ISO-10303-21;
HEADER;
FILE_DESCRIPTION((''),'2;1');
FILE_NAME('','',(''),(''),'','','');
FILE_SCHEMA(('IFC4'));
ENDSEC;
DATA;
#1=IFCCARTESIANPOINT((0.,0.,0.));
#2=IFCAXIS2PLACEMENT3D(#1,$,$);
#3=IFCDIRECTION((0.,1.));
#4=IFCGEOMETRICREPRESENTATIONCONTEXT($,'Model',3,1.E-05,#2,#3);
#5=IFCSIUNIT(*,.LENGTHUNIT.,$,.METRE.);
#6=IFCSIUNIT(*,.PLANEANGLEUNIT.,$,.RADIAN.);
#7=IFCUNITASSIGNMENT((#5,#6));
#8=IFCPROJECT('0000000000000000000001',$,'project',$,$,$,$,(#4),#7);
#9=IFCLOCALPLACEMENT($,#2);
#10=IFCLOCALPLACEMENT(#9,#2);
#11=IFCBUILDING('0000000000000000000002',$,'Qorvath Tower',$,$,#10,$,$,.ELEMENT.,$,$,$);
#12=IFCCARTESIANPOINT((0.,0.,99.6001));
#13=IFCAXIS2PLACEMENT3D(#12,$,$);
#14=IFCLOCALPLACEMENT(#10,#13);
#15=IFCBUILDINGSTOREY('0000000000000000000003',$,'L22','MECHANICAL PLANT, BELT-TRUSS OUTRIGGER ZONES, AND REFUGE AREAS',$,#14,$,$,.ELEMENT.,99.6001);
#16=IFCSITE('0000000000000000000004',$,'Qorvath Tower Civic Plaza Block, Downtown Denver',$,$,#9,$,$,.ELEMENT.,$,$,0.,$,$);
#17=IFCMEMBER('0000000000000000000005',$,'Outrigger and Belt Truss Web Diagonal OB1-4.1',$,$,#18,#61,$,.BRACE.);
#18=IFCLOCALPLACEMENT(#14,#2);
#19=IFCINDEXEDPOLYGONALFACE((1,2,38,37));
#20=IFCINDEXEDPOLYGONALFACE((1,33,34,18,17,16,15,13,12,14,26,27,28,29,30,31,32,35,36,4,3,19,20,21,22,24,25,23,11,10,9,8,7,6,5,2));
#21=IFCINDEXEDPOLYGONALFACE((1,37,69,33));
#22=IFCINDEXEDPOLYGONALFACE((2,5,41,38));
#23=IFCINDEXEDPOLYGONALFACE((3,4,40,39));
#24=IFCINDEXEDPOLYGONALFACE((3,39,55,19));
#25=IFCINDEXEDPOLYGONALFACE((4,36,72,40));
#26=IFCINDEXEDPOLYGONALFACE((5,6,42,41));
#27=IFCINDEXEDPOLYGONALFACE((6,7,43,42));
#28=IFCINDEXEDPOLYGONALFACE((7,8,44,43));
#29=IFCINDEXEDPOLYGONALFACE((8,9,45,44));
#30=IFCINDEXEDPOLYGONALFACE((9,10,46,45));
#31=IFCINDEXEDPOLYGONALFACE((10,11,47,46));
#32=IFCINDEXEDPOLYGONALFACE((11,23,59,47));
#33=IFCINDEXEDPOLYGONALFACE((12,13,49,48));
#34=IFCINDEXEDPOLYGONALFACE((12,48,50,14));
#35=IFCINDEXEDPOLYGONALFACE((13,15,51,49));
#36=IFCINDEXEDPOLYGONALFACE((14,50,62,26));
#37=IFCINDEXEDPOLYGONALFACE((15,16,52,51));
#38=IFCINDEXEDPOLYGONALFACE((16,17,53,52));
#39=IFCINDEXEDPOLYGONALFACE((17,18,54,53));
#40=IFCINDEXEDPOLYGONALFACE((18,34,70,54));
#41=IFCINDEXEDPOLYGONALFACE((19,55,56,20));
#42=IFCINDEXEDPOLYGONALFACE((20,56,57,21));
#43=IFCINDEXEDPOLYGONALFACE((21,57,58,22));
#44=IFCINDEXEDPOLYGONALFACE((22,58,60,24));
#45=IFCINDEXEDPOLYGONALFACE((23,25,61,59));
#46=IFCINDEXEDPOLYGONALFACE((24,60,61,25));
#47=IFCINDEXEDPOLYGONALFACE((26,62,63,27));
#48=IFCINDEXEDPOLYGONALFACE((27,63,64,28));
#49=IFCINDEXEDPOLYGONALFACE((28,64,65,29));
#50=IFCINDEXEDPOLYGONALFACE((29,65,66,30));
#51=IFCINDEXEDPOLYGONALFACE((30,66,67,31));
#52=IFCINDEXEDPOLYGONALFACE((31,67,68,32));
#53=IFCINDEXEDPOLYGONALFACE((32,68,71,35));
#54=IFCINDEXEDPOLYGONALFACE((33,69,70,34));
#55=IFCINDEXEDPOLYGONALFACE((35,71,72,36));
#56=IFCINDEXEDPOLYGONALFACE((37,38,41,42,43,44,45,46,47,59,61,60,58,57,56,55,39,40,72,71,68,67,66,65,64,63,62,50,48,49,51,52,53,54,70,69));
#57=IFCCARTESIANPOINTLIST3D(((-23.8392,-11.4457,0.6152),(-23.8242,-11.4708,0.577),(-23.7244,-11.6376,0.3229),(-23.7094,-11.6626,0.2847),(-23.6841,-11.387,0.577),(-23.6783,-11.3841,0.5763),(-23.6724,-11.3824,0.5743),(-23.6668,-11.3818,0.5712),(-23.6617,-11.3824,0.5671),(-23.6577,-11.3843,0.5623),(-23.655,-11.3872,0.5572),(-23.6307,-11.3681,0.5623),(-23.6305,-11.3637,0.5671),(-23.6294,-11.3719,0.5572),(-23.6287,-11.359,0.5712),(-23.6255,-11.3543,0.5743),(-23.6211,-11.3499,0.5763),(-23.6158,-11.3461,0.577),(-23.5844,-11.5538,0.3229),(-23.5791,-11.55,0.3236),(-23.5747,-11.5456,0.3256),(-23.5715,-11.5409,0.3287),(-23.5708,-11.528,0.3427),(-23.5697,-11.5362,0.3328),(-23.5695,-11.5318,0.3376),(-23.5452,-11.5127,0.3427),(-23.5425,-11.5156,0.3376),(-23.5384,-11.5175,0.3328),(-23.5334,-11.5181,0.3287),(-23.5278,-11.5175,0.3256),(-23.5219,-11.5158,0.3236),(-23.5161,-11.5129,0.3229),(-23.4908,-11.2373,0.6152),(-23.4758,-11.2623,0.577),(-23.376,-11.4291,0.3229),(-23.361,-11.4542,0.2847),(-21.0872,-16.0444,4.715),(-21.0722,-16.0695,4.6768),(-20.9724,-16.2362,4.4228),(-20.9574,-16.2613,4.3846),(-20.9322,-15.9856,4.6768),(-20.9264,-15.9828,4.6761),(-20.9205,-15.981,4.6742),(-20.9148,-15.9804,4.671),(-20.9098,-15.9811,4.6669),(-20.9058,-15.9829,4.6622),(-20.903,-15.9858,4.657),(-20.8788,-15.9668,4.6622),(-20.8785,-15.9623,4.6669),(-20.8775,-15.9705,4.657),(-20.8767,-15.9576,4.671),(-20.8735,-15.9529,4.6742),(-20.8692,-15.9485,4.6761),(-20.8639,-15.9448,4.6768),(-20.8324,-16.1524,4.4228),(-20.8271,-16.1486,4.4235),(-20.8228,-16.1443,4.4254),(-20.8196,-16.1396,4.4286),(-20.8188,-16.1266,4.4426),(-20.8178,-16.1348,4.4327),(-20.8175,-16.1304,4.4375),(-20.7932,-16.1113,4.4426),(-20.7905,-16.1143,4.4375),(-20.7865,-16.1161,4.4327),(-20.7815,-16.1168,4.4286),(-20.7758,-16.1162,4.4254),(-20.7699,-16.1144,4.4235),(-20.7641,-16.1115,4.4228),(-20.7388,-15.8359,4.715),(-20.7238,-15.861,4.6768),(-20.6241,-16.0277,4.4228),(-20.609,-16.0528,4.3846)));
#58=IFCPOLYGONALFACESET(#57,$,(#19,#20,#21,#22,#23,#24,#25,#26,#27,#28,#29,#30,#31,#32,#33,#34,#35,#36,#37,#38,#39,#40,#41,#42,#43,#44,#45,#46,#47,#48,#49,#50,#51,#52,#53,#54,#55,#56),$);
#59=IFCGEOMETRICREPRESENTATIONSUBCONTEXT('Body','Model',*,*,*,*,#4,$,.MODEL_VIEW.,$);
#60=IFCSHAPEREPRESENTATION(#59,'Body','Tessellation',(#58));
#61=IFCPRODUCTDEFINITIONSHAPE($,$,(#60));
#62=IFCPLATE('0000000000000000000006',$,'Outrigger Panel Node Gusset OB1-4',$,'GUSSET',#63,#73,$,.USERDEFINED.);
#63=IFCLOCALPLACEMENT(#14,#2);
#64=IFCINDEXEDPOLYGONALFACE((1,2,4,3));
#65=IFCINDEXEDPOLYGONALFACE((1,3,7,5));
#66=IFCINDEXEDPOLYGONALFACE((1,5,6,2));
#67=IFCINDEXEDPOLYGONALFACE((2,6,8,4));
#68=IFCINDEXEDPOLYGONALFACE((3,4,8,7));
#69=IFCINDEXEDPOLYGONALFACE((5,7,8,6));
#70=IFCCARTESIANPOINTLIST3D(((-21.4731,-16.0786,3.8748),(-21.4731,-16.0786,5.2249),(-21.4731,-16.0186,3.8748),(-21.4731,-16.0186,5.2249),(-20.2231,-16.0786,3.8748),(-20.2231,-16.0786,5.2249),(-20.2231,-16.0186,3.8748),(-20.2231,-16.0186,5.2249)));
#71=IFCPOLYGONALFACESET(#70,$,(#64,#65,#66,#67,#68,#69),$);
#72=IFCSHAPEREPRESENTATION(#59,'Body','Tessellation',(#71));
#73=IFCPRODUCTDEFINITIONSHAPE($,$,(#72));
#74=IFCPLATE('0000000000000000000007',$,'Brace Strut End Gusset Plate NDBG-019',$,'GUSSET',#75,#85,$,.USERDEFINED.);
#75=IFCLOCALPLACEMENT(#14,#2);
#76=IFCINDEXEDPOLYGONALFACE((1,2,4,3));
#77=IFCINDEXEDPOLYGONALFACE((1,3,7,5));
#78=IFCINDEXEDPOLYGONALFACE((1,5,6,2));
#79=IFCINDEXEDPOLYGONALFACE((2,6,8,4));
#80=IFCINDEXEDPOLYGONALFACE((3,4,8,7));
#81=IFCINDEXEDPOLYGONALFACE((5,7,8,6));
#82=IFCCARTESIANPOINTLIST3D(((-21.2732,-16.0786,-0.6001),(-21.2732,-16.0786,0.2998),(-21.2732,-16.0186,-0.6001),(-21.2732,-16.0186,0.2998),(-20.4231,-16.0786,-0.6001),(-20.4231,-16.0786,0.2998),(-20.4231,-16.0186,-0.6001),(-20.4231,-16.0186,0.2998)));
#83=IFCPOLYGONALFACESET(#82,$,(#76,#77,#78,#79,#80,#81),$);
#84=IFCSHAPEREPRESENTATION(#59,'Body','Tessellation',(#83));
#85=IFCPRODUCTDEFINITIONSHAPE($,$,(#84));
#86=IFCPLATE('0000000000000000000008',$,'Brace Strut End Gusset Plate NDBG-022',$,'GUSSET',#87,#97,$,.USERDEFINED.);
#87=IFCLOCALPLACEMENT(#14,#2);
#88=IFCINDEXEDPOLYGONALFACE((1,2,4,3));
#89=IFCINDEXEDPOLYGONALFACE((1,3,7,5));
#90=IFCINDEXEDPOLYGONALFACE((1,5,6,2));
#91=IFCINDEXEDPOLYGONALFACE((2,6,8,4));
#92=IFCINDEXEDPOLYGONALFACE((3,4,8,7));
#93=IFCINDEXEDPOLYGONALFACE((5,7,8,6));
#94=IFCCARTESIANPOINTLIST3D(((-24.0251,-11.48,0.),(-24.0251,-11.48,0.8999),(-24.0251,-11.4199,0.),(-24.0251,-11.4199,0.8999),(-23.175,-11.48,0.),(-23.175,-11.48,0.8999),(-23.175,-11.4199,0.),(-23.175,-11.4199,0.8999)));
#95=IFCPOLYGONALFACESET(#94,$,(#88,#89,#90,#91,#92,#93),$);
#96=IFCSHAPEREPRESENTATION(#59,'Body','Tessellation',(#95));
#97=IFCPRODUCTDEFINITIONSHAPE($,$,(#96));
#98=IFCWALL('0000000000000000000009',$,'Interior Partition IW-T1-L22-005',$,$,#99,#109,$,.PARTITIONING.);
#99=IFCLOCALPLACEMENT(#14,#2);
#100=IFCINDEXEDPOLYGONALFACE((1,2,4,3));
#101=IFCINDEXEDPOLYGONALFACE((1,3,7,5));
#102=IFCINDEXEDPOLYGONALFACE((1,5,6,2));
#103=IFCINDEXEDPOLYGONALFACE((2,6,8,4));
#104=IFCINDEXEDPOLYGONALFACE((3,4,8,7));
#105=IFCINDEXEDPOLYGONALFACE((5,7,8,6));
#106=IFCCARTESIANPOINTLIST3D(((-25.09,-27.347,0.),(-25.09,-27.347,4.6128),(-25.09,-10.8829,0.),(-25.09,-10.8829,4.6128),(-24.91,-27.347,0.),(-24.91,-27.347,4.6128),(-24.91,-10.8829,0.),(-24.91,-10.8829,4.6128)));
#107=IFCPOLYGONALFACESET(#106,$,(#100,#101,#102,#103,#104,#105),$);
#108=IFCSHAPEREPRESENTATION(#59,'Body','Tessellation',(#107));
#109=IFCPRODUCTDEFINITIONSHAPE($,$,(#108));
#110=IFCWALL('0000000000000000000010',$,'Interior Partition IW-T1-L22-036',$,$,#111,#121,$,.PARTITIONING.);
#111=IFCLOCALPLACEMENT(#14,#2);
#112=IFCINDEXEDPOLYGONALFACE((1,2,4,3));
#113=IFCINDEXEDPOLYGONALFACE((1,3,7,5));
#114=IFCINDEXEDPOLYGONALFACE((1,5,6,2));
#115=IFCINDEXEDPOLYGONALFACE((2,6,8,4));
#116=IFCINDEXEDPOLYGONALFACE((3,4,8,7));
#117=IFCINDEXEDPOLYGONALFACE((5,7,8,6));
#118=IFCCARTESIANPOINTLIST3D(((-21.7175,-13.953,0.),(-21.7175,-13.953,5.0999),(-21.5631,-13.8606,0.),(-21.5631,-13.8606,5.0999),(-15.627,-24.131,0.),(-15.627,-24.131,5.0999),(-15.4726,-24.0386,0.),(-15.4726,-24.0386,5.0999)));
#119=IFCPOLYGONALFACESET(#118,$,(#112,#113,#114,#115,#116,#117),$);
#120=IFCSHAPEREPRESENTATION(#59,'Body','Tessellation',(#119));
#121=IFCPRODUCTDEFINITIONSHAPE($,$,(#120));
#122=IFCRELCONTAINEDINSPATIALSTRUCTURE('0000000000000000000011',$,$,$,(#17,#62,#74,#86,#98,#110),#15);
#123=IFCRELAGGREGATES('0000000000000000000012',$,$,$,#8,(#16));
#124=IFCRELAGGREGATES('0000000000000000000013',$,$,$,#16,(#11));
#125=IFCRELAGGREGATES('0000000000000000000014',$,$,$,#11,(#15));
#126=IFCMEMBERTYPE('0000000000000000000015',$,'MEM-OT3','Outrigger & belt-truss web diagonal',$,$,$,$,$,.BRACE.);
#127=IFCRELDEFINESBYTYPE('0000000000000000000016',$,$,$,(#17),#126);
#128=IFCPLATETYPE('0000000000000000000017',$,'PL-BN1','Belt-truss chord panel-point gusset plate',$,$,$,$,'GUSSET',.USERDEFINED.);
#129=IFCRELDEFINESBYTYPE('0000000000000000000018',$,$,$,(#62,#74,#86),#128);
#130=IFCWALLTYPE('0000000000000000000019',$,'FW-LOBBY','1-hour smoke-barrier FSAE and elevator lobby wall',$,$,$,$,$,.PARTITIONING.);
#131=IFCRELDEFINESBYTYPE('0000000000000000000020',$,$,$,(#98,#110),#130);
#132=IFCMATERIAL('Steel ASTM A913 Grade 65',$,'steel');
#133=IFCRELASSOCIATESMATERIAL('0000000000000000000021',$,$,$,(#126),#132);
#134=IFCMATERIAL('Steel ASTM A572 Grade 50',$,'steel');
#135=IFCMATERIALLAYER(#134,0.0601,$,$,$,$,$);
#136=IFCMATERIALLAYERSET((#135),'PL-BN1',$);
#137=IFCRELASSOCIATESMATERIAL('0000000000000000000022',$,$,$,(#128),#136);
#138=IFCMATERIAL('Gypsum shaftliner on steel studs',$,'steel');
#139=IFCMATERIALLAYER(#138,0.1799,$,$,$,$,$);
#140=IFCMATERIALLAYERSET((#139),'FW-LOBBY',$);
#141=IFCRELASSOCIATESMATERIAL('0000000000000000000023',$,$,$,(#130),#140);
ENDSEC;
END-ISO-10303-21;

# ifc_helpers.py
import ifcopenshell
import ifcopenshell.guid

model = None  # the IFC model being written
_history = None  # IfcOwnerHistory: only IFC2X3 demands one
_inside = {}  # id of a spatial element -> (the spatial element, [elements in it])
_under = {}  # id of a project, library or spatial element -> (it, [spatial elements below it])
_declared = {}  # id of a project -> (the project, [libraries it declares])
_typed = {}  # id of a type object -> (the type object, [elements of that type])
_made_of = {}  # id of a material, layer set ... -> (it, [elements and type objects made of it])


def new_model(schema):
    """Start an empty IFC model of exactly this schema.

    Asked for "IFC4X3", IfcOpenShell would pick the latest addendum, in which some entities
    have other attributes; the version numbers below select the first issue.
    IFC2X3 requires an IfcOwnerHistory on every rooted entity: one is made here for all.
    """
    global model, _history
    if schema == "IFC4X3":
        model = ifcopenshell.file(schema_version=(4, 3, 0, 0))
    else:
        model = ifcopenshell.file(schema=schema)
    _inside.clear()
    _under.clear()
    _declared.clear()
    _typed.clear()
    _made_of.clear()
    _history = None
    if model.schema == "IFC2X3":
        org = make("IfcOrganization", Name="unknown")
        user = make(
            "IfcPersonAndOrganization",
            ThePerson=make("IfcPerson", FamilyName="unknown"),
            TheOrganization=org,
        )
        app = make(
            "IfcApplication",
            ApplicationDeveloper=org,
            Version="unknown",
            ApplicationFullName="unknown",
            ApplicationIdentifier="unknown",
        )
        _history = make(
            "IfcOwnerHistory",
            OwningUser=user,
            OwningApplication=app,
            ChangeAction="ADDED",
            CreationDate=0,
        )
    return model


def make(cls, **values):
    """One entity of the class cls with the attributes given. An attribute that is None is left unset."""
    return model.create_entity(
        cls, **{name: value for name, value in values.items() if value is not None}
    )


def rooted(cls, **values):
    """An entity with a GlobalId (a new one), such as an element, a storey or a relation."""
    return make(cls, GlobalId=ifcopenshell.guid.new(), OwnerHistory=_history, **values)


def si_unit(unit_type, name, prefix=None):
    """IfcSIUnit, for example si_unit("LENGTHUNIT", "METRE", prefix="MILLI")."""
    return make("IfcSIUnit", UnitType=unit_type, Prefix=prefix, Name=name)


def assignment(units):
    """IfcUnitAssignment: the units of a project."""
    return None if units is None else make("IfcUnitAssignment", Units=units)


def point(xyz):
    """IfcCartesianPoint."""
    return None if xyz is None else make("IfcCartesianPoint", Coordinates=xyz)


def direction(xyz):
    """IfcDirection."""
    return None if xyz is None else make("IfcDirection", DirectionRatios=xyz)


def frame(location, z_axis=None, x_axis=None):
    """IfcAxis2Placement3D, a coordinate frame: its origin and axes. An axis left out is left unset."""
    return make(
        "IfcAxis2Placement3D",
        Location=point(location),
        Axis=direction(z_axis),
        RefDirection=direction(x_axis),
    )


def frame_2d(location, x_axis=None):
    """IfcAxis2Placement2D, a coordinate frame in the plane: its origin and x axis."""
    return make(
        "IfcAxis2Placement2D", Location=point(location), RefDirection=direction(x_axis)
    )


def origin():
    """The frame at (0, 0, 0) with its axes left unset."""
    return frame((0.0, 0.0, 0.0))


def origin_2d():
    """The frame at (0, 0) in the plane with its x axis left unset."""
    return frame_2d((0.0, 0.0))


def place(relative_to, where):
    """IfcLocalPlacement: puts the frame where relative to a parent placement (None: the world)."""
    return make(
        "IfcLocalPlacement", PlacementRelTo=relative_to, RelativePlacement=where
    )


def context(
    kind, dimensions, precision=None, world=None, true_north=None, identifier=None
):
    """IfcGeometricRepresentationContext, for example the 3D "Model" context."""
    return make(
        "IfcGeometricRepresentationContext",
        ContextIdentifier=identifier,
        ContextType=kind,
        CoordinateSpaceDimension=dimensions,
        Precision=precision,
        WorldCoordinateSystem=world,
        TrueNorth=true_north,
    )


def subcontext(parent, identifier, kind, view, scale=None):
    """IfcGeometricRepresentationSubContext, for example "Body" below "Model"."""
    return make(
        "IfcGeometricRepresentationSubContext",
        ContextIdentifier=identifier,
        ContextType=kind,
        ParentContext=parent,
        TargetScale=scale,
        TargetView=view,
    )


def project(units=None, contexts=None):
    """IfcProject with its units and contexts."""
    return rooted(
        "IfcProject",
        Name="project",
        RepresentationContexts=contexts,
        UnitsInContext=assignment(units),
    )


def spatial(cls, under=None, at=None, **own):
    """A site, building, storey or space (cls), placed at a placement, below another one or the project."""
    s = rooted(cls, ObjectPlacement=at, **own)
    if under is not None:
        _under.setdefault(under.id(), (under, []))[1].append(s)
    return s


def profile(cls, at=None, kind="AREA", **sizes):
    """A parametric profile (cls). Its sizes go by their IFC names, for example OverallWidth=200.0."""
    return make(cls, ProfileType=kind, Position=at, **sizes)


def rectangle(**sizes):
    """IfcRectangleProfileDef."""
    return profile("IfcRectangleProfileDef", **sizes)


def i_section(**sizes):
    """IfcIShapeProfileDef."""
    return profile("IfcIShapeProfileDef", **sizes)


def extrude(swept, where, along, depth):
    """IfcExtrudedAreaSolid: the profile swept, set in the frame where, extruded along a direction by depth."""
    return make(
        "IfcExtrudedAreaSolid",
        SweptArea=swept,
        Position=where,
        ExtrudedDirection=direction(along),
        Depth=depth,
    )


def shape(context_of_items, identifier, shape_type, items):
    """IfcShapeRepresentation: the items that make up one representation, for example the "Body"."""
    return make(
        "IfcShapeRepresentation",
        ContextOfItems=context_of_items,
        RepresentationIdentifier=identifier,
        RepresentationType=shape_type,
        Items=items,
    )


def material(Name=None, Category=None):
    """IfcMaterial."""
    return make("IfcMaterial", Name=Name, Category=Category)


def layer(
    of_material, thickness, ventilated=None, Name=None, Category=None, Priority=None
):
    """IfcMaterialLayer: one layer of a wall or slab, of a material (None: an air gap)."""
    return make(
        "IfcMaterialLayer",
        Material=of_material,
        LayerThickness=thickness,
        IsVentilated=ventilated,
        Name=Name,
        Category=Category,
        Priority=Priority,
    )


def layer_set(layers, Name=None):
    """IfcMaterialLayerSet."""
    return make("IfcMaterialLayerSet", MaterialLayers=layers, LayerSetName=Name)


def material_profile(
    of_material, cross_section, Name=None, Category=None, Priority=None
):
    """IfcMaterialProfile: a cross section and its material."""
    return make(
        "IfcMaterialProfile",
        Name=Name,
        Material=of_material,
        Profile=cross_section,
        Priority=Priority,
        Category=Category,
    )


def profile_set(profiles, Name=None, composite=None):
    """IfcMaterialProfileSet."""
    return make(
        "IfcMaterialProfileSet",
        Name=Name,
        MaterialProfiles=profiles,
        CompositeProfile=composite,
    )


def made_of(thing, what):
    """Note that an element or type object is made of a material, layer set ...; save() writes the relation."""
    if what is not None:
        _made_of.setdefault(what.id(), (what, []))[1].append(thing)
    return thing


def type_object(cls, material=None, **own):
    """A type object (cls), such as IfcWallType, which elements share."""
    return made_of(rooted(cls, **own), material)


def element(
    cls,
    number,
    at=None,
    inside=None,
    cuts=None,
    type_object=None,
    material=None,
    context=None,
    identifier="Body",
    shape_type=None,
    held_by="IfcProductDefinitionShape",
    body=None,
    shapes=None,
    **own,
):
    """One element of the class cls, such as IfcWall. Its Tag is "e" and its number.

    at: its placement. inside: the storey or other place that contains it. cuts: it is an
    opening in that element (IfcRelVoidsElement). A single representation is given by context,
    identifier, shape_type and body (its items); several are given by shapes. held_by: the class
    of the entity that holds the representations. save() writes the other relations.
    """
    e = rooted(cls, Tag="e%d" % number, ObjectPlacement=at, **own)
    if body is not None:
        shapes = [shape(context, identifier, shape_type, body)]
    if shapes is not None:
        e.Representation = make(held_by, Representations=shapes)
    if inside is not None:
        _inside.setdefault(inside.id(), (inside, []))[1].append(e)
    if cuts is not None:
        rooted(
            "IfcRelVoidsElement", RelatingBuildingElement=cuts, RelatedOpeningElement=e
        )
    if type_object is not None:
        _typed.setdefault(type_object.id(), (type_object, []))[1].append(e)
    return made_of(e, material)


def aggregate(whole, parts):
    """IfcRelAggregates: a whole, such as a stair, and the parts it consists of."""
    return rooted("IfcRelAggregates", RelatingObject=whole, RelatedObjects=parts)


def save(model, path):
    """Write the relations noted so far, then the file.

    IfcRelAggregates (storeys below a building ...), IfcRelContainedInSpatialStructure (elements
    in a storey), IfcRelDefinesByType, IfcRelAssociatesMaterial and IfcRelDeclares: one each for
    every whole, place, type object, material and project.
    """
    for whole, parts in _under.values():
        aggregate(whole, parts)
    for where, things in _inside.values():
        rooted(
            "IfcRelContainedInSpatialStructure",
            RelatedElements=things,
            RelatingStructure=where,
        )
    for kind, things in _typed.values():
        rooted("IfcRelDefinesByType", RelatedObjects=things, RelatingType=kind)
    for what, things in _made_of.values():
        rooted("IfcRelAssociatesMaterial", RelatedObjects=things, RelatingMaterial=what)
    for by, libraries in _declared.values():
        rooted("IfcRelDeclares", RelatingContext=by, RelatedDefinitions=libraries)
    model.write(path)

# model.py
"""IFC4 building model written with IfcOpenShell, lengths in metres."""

from ifc_helpers import new_model, si_unit, direction, frame, frame_2d, origin, origin_2d, place, context, subcontext, project, spatial, rectangle, i_section, extrude, material, layer, layer_set, material_profile, profile_set, type_object, element, save


model = new_model("IFC4")

# Units and contexts
model_context = context("Model", 3, precision=1e-05, world=origin(), true_north=direction((0.0, 1.0)))
body_context = subcontext(model_context, "Body", "Model", "MODEL_VIEW")
ifc_project = project(units=[si_unit("LENGTHUNIT", "METRE"), si_unit("PLANEANGLEUNIT", "RADIAN")], contexts=[model_context])

# Site, building, storey
site_placement = place(None, origin())
site = spatial("IfcSite", under=ifc_project, at=site_placement, Name="Qorvath Tower Civic Plaza Block, Downtown Denver", CompositionType="ELEMENT", RefElevation=0.0)
building_placement = place(site_placement, origin())
building = spatial("IfcBuilding", under=site, at=building_placement, Name="Qorvath Tower", CompositionType="ELEMENT")
storey_placement = place(building_placement, frame((0.0, 0.0, 99.6001)))
storey = spatial("IfcBuildingStorey", under=building, at=storey_placement, Name="L22", Description="MECHANICAL PLANT, BELT-TRUSS OUTRIGGER ZONES, AND REFUGE AREAS", CompositionType="ELEMENT", Elevation=99.6001)

# Member
ifc_material_1 = material(Name="Steel ASTM A913 Grade 65", Category="steel")
ifc_material_profile_1 = material_profile(ifc_material_1, i_section(OverallWidth=0.406, OverallDepth=0.416, WebThickness=0.0298, FlangeThickness=0.0481, FilletRadius=0.0249, at=origin_2d()), Name="W14x257")
ifc_profile_set_1 = profile_set([ifc_material_profile_1], Name="Steel ASTM A913 Grade 65")
member_type_1 = type_object("IfcMemberType", Name="MEM-OT3", Description="Outrigger & belt-truss web diagonal", PredefinedType="BRACE", material=ifc_profile_set_1)
member_1_placement = place(storey_placement, frame((-23.6001, -11.45, 0.45), z_axis=(0.407845, -0.681526, 0.607606), x_axis=(0.858087, 0.513504, 0.0)))
element("IfcMember", 1, at=member_1_placement, inside=storey, type_object=member_type_1, Name="Outrigger and Belt Truss Web Diagonal OB1-4.1", PredefinedType="BRACE", context=body_context, shape_type="SweptSolid", body=[
    extrude(i_section(OverallWidth=0.406, OverallDepth=0.416, WebThickness=0.0298, FlangeThickness=0.0481, FilletRadius=0.0249, at=origin_2d()), origin(), (0.0, 0.0, 1.0), 6.7476),
])

# Plates
ifc_material_2 = material(Name="Steel ASTM A572 Grade 50", Category="steel")
ifc_layer_1 = layer(ifc_material_2, 0.0601)
ifc_layer_set_1 = layer_set([ifc_layer_1], Name="PL-BN1")
plate_type = type_object("IfcPlateType", Name="PL-BN1", Description="Belt-truss chord panel-point gusset plate", ElementType="GUSSET", PredefinedType="USERDEFINED", material=ifc_layer_set_1)
plate_placement = place(storey_placement, frame((-20.8481, -16.0486, 3.8748), z_axis=(0.0, 0.0, 1.0), x_axis=(1.0, 0.0, 0.0)))
element("IfcPlate", 2, at=plate_placement, inside=storey, type_object=plate_type, Name="Outrigger Panel Node Gusset OB1-4", ObjectType="GUSSET", PredefinedType="USERDEFINED", context=body_context, shape_type="SweptSolid", body=[
    extrude(rectangle(XDim=1.25, YDim=0.0601, at=origin_2d()), origin(), (0.0, 0.0, 1.0), 1.3501),
])
for number, where, z_axis, x_axis, name in (
    (3, (-20.8481, -16.0486, -0.6001), (0.0, 0.0, 1.0), (1.0, 0.0, 0.0), "Brace Strut End Gusset Plate NDBG-019"),
    (4, (-23.6001, -11.45, 0.0), (0.0, 0.0, 1.0), (1.0, 0.0, 0.0), "Brace Strut End Gusset Plate NDBG-022"),
):
    element("IfcPlate", number, at=place(storey_placement, frame(where, z_axis=z_axis, x_axis=x_axis)), inside=storey, type_object=plate_type, Name=name, ObjectType="GUSSET", PredefinedType="USERDEFINED", context=body_context, shape_type="SweptSolid", body=[
        extrude(rectangle(XDim=0.8501, YDim=0.0601, at=origin_2d()), origin(), (0.0, 0.0, 1.0), 0.8999),
    ])

# Walls
ifc_material_3 = material(Name="Gypsum shaftliner on steel studs", Category="steel")
ifc_layer_2 = layer(ifc_material_3, 0.1799)
ifc_layer_set_2 = layer_set([ifc_layer_2], Name="FW-LOBBY")
wall_type = type_object("IfcWallType", Name="FW-LOBBY", Description="1-hour smoke-barrier FSAE and elevator lobby wall", PredefinedType="PARTITIONING", material=ifc_layer_set_2)
wall_1_placement = place(storey_placement, frame((-25.0, -27.3469, 0.0), z_axis=(0.0, 0.0, 1.0), x_axis=(0.0, 1.0, 0.0)))
element("IfcWall", 5, at=wall_1_placement, inside=storey, type_object=wall_type, Name="Interior Partition IW-T1-L22-005", PredefinedType="PARTITIONING", context=body_context, shape_type="SweptSolid", body=[
    extrude(rectangle(XDim=16.4641, YDim=0.1799, at=frame_2d((8.2319, 0.0))), origin(), (0.0, 0.0, 1.0), 4.6128),
])
wall_2_placement = place(storey_placement, frame((-21.6404, -13.9067, 0.0), z_axis=(0.0, 0.0, 1.0), x_axis=(0.51349, -0.858095, 0.0)))
element("IfcWall", 6, at=wall_2_placement, inside=storey, type_object=wall_type, Name="Interior Partition IW-T1-L22-036", PredefinedType="PARTITIONING", context=body_context, shape_type="SweptSolid", body=[
    extrude(rectangle(XDim=11.8611, YDim=0.1799, at=frame_2d((5.9307, 0.0))), origin(), (0.0, 0.0, 1.0), 5.0999),
])

save(model, "model.ifc")
